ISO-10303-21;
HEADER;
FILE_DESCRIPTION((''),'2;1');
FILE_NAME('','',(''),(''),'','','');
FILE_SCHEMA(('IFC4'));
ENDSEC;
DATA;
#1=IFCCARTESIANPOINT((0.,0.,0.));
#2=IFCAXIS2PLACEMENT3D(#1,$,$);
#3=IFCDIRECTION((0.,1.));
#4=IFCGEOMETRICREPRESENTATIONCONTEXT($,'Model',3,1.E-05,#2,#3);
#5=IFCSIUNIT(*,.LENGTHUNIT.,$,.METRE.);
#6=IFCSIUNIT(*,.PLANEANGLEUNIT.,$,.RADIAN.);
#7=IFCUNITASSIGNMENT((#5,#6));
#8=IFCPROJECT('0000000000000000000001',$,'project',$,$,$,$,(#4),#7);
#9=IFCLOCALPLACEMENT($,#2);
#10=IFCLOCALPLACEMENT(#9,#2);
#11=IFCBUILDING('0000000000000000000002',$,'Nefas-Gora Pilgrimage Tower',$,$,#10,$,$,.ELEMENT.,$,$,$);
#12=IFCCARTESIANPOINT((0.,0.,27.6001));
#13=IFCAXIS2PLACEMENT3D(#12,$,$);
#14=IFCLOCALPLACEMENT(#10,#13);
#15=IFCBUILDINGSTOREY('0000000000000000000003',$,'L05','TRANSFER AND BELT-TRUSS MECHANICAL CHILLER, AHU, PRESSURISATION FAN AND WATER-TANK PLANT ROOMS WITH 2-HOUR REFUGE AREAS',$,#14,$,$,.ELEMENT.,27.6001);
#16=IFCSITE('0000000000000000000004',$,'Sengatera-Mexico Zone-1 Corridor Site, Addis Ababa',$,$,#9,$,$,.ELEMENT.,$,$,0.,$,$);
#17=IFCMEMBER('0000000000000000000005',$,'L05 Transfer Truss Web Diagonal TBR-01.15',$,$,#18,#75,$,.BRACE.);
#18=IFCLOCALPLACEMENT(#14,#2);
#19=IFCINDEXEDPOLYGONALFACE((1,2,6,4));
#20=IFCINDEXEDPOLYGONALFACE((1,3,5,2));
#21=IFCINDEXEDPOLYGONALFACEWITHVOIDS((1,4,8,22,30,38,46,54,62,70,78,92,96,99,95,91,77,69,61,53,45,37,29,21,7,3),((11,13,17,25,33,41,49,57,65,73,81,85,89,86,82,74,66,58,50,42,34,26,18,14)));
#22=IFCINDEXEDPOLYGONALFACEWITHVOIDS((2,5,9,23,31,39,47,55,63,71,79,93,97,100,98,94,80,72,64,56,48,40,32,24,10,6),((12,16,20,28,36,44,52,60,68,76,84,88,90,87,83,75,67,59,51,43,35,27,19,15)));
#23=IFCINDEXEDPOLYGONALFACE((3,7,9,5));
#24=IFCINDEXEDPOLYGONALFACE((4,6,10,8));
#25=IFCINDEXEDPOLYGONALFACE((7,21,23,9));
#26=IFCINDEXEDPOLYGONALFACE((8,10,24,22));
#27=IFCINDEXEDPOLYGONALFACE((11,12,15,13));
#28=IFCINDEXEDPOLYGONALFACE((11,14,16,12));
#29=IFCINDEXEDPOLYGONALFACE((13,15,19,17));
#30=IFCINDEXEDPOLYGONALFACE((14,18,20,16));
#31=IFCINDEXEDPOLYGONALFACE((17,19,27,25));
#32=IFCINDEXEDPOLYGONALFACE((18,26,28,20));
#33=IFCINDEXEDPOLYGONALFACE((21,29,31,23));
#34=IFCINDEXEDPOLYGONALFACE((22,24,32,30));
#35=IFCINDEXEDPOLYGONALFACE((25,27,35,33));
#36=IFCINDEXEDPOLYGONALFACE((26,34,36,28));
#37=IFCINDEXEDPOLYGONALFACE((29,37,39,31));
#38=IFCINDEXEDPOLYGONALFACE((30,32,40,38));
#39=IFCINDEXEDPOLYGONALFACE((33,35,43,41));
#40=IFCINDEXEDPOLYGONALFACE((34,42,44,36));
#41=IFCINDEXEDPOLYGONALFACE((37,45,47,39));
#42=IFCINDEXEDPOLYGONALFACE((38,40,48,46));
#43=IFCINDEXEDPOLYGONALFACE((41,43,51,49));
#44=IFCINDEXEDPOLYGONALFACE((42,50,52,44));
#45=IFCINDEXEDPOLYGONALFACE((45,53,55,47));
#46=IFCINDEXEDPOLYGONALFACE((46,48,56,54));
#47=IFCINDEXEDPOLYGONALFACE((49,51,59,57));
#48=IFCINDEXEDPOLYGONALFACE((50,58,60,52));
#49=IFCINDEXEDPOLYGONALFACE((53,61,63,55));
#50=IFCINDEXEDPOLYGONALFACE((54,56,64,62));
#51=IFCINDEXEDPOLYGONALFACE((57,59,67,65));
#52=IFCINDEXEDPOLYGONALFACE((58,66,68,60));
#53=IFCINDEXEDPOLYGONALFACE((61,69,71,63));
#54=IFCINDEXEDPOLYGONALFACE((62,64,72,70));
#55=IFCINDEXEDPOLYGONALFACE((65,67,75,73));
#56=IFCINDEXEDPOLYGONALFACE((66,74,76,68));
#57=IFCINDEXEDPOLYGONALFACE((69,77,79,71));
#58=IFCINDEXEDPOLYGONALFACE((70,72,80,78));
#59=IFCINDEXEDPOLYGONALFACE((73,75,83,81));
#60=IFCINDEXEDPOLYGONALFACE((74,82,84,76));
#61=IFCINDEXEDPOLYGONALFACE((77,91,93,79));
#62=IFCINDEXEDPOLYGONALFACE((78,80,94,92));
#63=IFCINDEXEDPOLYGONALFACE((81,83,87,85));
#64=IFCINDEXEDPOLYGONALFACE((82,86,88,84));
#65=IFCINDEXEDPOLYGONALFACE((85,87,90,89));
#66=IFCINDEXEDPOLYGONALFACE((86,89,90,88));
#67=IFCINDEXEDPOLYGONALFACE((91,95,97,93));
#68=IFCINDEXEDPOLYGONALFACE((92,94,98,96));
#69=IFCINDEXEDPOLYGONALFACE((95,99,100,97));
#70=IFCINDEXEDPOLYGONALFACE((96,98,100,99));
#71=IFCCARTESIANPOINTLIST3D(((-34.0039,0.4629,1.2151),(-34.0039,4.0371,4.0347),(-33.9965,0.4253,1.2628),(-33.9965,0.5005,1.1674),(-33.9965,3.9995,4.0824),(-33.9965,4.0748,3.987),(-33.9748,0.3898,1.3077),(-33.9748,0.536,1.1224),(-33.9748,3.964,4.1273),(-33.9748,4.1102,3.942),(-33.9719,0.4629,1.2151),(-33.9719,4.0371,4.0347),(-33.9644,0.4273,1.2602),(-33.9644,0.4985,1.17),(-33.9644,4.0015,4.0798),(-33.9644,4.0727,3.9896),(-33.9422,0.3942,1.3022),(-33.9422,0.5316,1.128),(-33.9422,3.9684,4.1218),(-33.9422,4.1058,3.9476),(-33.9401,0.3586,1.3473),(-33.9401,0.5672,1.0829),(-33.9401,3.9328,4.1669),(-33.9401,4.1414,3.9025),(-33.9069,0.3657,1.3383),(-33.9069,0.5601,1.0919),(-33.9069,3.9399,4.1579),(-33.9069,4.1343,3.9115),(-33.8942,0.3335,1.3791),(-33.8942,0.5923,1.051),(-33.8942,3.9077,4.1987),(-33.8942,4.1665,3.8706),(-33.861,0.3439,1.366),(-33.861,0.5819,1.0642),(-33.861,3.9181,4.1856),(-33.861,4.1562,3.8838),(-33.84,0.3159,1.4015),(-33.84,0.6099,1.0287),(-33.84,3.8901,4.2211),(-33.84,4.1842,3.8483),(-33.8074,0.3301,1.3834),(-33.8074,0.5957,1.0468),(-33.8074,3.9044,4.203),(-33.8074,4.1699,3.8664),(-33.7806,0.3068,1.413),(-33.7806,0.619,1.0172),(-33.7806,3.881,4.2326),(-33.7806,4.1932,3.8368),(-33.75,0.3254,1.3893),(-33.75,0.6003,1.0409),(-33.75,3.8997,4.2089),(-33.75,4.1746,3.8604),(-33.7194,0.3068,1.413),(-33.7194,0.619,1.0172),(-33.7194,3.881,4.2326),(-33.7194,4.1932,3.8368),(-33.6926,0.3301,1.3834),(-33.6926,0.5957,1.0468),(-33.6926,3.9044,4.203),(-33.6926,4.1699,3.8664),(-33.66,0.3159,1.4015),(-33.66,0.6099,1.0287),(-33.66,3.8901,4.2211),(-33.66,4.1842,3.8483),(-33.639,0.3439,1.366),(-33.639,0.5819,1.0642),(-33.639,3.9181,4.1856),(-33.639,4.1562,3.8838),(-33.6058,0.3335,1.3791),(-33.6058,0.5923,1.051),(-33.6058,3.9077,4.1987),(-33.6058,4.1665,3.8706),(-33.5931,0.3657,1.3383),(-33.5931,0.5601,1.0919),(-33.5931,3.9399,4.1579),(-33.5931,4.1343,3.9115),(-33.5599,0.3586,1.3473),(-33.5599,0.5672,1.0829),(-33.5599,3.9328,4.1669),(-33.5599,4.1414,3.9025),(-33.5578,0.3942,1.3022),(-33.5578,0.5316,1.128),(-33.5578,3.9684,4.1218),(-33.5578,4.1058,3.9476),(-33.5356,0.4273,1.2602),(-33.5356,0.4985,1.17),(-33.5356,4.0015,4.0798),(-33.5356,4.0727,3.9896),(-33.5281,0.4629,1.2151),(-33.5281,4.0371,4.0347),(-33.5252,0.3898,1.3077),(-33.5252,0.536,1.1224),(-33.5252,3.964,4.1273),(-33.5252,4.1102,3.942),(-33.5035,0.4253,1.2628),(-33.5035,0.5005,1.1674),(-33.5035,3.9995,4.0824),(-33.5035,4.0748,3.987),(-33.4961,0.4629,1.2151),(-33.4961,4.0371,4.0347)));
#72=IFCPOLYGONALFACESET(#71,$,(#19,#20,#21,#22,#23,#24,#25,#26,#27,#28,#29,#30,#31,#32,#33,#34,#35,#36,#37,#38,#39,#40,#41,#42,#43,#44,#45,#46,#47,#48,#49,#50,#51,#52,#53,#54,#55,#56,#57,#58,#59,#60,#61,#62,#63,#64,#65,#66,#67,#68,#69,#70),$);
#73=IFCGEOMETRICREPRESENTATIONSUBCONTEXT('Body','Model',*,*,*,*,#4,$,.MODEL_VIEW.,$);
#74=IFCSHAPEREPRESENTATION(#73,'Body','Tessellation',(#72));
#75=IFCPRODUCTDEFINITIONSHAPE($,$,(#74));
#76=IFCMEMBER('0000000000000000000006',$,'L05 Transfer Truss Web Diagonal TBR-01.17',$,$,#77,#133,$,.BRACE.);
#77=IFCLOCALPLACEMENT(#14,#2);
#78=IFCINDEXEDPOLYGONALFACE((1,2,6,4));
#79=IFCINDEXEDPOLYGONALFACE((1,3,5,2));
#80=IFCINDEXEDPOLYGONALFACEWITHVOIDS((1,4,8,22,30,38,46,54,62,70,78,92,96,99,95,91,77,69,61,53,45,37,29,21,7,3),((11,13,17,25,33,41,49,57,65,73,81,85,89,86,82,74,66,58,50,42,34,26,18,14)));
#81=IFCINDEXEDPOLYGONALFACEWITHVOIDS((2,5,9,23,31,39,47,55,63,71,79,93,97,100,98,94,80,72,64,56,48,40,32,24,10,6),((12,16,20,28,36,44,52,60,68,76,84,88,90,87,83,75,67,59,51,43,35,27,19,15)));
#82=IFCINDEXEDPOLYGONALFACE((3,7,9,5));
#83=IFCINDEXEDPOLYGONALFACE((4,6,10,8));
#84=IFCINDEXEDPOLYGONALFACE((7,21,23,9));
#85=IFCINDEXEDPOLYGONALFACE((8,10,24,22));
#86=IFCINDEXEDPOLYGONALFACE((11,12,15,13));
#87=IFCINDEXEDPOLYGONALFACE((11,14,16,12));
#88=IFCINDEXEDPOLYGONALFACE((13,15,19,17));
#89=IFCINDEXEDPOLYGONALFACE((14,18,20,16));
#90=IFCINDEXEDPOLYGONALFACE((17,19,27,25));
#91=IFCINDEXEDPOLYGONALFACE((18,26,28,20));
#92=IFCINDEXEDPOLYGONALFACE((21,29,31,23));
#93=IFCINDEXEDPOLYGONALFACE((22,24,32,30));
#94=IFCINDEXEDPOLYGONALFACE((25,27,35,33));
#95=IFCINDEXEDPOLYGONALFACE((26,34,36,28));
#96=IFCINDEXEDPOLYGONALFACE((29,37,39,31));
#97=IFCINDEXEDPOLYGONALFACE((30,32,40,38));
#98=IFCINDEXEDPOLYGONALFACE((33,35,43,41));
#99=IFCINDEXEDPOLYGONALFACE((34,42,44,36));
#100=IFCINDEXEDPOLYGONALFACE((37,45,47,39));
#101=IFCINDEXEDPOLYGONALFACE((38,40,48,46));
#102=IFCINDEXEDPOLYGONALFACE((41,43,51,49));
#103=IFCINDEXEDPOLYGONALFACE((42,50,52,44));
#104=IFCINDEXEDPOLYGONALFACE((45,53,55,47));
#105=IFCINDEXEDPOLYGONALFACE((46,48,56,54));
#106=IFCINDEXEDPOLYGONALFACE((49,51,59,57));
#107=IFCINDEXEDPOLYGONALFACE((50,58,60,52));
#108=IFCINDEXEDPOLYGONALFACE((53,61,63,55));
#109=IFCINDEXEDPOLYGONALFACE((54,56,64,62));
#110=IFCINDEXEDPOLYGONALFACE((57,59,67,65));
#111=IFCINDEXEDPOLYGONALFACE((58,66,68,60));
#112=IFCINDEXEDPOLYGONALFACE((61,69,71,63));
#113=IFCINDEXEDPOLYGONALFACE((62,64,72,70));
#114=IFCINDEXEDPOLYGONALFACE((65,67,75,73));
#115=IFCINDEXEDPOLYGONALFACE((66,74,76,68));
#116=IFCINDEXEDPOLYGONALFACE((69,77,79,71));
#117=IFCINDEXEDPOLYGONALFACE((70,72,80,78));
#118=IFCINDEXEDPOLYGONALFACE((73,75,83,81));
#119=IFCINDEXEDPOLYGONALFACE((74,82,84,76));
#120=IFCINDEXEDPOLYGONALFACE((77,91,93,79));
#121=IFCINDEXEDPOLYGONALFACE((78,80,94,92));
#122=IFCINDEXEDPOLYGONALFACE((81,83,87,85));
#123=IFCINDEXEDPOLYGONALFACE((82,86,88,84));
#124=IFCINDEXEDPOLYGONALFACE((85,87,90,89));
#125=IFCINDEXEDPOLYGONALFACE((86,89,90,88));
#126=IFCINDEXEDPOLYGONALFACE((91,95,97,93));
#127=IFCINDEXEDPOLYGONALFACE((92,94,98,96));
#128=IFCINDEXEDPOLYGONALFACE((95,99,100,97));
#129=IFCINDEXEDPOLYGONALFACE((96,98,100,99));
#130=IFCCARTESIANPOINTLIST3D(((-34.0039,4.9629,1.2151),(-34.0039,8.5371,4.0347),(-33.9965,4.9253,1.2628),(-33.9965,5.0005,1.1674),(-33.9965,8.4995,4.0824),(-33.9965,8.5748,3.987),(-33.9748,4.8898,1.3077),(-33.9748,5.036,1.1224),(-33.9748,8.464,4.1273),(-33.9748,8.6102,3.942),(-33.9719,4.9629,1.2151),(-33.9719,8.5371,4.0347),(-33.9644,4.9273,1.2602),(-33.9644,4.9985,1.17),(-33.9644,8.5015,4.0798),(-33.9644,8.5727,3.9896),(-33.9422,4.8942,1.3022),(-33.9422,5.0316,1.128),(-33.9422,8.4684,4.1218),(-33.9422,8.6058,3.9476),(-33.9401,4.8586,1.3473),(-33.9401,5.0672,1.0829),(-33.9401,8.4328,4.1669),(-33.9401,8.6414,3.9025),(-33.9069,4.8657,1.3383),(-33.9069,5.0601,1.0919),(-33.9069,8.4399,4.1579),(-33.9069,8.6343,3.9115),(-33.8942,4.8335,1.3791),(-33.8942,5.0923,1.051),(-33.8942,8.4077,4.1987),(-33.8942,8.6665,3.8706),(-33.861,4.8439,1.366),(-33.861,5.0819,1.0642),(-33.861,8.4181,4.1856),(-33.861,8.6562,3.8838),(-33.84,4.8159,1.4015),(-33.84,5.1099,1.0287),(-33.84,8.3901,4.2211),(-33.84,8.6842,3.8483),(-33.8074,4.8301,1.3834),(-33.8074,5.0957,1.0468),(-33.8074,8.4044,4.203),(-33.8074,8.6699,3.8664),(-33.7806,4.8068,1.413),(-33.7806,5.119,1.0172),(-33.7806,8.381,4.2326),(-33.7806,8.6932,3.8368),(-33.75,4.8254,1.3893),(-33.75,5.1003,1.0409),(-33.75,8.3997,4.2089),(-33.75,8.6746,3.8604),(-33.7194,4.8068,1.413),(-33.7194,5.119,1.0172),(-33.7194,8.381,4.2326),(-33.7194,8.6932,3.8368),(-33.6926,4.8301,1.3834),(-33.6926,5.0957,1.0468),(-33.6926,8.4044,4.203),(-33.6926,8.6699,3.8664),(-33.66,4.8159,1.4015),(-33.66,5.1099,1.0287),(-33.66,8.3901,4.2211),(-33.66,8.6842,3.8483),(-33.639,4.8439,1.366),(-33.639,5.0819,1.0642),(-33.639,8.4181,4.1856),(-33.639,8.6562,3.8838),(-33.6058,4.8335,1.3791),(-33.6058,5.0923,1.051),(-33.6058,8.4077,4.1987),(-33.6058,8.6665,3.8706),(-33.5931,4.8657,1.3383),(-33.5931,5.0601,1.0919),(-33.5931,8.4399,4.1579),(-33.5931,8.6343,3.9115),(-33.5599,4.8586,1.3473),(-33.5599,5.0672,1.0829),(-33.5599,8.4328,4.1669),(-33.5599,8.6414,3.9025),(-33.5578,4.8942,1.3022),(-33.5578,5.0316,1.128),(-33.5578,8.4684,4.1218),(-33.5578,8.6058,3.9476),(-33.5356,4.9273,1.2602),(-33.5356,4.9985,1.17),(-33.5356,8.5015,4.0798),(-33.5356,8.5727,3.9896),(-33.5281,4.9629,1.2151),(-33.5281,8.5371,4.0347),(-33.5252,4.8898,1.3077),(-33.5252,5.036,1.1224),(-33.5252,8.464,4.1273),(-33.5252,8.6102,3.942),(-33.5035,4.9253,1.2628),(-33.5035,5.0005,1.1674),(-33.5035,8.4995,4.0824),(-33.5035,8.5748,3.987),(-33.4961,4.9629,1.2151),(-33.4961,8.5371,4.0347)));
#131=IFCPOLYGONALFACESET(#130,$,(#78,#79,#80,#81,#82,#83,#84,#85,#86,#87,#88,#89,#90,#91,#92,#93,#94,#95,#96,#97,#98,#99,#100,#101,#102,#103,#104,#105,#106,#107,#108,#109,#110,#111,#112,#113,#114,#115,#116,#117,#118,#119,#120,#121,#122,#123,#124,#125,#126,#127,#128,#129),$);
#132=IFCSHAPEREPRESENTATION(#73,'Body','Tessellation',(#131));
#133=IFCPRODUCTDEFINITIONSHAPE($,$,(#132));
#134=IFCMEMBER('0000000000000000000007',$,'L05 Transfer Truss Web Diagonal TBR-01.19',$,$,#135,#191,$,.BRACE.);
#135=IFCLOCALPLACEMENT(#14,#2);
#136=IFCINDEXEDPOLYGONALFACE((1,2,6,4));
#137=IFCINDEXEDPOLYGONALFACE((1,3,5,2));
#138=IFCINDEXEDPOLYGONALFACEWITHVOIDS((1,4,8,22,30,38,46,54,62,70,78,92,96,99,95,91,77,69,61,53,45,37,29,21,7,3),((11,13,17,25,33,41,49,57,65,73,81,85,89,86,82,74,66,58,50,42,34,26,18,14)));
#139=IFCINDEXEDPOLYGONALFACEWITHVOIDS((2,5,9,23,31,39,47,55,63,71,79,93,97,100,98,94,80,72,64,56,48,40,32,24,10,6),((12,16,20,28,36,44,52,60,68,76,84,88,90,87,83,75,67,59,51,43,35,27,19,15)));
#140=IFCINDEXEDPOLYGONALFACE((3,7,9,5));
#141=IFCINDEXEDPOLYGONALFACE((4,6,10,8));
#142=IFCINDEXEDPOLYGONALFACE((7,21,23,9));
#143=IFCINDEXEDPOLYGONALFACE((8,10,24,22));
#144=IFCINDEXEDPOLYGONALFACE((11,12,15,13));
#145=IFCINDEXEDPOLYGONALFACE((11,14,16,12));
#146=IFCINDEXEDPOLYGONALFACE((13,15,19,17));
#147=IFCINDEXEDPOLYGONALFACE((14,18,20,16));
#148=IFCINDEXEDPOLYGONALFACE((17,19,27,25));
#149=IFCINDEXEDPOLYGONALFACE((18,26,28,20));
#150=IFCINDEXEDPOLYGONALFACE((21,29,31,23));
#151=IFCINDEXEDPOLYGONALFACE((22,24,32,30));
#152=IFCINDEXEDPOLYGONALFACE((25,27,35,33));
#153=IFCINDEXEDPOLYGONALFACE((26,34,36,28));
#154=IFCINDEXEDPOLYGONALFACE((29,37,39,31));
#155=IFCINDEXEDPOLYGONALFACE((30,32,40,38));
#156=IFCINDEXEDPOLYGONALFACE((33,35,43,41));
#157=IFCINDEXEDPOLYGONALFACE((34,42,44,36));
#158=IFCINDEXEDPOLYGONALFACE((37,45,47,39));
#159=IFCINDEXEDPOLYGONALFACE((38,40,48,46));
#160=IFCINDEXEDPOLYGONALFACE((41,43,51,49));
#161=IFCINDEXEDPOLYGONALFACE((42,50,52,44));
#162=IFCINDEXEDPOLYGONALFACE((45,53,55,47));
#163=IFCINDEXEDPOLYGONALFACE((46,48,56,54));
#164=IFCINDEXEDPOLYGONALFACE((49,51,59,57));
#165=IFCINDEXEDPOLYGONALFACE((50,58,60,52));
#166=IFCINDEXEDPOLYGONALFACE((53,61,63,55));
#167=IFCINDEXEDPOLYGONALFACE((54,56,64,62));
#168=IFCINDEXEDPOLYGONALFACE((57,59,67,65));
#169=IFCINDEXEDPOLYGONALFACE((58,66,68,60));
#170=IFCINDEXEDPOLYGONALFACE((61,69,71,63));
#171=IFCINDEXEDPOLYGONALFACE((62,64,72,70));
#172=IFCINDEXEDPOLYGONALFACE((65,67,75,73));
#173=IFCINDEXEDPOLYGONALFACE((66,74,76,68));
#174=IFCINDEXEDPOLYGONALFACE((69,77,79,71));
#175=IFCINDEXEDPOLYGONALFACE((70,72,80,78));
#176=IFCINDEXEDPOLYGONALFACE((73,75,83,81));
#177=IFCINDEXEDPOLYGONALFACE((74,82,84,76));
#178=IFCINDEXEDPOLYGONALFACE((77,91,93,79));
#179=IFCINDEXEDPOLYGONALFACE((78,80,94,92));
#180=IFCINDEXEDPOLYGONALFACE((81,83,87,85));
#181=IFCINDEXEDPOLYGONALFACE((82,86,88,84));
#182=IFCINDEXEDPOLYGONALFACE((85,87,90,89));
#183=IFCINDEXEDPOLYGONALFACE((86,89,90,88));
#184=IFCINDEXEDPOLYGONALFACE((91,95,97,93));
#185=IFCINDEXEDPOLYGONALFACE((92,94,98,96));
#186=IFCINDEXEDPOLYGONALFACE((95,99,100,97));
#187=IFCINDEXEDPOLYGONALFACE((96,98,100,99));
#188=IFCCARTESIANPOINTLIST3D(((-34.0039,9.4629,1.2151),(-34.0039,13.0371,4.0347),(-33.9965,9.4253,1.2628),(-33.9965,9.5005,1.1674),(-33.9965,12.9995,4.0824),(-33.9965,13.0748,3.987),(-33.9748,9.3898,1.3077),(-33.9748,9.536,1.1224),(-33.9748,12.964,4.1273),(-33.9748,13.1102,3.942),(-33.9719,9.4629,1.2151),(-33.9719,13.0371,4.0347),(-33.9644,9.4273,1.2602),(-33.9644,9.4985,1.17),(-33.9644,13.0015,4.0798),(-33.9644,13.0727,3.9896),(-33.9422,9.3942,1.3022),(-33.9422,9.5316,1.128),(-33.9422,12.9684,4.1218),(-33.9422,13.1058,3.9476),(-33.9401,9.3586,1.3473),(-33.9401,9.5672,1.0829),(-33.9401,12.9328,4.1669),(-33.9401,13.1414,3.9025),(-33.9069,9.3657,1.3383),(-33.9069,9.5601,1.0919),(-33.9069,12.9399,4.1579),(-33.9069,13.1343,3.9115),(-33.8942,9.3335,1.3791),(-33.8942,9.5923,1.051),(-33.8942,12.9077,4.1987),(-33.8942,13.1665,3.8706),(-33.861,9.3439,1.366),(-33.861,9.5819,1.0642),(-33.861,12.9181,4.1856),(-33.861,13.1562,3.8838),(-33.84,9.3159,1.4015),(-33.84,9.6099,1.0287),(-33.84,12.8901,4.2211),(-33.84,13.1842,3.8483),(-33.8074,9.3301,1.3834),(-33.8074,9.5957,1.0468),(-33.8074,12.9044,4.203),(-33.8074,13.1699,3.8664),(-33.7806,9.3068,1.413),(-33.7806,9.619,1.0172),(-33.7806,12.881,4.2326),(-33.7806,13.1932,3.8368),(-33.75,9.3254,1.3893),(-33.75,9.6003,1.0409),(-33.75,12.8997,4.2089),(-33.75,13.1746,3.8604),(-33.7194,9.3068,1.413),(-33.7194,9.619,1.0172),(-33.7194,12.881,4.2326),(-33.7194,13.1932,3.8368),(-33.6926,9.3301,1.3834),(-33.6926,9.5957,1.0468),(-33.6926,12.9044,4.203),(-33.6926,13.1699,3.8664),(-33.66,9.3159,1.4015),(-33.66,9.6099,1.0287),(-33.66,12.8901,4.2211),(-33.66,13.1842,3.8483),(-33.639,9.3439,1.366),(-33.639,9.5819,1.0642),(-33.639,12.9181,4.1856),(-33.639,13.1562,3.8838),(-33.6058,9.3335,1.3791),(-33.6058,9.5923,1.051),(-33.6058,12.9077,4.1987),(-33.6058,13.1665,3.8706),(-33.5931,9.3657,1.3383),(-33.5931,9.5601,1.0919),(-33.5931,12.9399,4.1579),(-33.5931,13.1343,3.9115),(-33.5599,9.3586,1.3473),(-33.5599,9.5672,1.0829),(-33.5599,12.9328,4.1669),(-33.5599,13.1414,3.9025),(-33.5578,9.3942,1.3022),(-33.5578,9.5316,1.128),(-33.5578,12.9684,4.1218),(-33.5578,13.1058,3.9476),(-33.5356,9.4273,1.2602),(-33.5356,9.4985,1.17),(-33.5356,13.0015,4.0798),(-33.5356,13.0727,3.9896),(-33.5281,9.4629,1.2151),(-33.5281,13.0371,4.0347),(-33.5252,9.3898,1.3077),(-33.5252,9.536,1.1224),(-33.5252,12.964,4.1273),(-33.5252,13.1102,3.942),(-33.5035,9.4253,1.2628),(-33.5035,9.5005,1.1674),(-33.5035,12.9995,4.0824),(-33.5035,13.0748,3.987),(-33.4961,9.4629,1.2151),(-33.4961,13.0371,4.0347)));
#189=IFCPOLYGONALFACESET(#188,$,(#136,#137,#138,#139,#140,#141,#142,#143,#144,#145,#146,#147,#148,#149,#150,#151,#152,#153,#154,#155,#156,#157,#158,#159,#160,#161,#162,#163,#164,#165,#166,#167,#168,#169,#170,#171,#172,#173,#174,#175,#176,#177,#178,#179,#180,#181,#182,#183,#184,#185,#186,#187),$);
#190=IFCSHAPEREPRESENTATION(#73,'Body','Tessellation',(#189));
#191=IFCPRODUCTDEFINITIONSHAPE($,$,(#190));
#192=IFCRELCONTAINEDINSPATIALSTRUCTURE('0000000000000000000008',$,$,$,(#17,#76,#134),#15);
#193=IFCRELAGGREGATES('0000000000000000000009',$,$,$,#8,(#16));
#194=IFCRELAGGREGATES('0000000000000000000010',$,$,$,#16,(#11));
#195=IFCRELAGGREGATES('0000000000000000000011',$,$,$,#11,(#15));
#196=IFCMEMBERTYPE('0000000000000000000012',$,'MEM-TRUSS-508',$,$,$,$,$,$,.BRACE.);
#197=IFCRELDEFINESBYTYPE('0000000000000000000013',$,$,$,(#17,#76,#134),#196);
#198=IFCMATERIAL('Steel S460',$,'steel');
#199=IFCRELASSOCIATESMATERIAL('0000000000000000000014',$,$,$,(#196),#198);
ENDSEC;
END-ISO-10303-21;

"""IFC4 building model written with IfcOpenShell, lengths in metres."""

from ifc_helpers import new_model, si_unit, direction, frame, origin, origin_2d, place, context, subcontext, project, spatial, hollow_circle, extrude, source, transform, mapped, material, material_profile, profile_set, type_object, element, save


model = new_model("IFC4")

# Units and contexts
model_context = context("Model", 3, precision=1e-05, world=origin(), true_north=direction((0.0, 1.0)))
body_context = subcontext(model_context, "Body", "Model", "MODEL_VIEW")
ifc_project = project(units=[si_unit("LENGTHUNIT", "METRE"), si_unit("PLANEANGLEUNIT", "RADIAN")], contexts=[model_context])

# Site, building, storey
site_placement = place(None, origin())
site = spatial("IfcSite", under=ifc_project, at=site_placement, Name="Sengatera-Mexico Zone-1 Corridor Site, Addis Ababa", CompositionType="ELEMENT", RefElevation=0.0)
building_placement = place(site_placement, origin())
building = spatial("IfcBuilding", under=site, at=building_placement, Name="Nefas-Gora Pilgrimage Tower", CompositionType="ELEMENT")
storey_placement = place(building_placement, frame((0.0, 0.0, 27.6001)))
storey = spatial("IfcBuildingStorey", under=building, at=storey_placement, Name="L05", Description="TRANSFER AND BELT-TRUSS MECHANICAL CHILLER, AHU, PRESSURISATION FAN AND WATER-TANK PLANT ROOMS WITH 2-HOUR REFUGE AREAS", CompositionType="ELEMENT", Elevation=27.6001)

# Shared definitions
ifc_material_1 = material(Name="Steel S460", Category="steel")

# Shared definitions
ifc_material_profile_1 = material_profile(ifc_material_1, hollow_circle(Radius=0.2539, WallThickness=0.032, at=origin_2d()), Name="CHS 508x32")
ifc_profile_set_1 = profile_set([ifc_material_profile_1], Name="Steel S460")
member_type = type_object("IfcMemberType", Name="MEM-TRUSS-508", PredefinedType="BRACE", material=ifc_profile_set_1)

# Members
shared_shape_1 = source(origin(), body_context, "Body", "SweptSolid", [
    extrude(hollow_circle(Radius=0.2539, WallThickness=0.032, at=origin_2d()), origin(), (0.0, 0.0, 1.0), 4.5525),
])
for number, where, z_axis, x_axis, name in (
    (1, (-33.75, 0.4629, 1.2151), (0.0, 0.785115, 0.61935), (-1.0, 0.0, 0.0), "L05 Transfer Truss Web Diagonal TBR-01.15"),
    (2, (-33.75, 4.9629, 1.2151), (0.0, 0.785115, 0.61935), (-1.0, 0.0, 0.0), "L05 Transfer Truss Web Diagonal TBR-01.17"),
    (3, (-33.75, 9.4629, 1.2151), (0.0, 0.785115, 0.61935), (-1.0, 0.0, 0.0), "L05 Transfer Truss Web Diagonal TBR-01.19"),
):
    element("IfcMember", number, at=place(storey_placement, frame(where, z_axis=z_axis, x_axis=x_axis)), inside=storey, type_object=member_type, Name=name, PredefinedType="BRACE", context=body_context, shape_type="MappedRepresentation", body=[
        mapped(shared_shape_1, transform((0.0, 0.0, 0.0), x_axis=(1.0, 0.0, 0.0), y_axis=(0.0, 1.0, 0.0), z_axis=(0.0, 0.0, 1.0), scale=1.0)),
    ])

save(model, "model.ifc")
